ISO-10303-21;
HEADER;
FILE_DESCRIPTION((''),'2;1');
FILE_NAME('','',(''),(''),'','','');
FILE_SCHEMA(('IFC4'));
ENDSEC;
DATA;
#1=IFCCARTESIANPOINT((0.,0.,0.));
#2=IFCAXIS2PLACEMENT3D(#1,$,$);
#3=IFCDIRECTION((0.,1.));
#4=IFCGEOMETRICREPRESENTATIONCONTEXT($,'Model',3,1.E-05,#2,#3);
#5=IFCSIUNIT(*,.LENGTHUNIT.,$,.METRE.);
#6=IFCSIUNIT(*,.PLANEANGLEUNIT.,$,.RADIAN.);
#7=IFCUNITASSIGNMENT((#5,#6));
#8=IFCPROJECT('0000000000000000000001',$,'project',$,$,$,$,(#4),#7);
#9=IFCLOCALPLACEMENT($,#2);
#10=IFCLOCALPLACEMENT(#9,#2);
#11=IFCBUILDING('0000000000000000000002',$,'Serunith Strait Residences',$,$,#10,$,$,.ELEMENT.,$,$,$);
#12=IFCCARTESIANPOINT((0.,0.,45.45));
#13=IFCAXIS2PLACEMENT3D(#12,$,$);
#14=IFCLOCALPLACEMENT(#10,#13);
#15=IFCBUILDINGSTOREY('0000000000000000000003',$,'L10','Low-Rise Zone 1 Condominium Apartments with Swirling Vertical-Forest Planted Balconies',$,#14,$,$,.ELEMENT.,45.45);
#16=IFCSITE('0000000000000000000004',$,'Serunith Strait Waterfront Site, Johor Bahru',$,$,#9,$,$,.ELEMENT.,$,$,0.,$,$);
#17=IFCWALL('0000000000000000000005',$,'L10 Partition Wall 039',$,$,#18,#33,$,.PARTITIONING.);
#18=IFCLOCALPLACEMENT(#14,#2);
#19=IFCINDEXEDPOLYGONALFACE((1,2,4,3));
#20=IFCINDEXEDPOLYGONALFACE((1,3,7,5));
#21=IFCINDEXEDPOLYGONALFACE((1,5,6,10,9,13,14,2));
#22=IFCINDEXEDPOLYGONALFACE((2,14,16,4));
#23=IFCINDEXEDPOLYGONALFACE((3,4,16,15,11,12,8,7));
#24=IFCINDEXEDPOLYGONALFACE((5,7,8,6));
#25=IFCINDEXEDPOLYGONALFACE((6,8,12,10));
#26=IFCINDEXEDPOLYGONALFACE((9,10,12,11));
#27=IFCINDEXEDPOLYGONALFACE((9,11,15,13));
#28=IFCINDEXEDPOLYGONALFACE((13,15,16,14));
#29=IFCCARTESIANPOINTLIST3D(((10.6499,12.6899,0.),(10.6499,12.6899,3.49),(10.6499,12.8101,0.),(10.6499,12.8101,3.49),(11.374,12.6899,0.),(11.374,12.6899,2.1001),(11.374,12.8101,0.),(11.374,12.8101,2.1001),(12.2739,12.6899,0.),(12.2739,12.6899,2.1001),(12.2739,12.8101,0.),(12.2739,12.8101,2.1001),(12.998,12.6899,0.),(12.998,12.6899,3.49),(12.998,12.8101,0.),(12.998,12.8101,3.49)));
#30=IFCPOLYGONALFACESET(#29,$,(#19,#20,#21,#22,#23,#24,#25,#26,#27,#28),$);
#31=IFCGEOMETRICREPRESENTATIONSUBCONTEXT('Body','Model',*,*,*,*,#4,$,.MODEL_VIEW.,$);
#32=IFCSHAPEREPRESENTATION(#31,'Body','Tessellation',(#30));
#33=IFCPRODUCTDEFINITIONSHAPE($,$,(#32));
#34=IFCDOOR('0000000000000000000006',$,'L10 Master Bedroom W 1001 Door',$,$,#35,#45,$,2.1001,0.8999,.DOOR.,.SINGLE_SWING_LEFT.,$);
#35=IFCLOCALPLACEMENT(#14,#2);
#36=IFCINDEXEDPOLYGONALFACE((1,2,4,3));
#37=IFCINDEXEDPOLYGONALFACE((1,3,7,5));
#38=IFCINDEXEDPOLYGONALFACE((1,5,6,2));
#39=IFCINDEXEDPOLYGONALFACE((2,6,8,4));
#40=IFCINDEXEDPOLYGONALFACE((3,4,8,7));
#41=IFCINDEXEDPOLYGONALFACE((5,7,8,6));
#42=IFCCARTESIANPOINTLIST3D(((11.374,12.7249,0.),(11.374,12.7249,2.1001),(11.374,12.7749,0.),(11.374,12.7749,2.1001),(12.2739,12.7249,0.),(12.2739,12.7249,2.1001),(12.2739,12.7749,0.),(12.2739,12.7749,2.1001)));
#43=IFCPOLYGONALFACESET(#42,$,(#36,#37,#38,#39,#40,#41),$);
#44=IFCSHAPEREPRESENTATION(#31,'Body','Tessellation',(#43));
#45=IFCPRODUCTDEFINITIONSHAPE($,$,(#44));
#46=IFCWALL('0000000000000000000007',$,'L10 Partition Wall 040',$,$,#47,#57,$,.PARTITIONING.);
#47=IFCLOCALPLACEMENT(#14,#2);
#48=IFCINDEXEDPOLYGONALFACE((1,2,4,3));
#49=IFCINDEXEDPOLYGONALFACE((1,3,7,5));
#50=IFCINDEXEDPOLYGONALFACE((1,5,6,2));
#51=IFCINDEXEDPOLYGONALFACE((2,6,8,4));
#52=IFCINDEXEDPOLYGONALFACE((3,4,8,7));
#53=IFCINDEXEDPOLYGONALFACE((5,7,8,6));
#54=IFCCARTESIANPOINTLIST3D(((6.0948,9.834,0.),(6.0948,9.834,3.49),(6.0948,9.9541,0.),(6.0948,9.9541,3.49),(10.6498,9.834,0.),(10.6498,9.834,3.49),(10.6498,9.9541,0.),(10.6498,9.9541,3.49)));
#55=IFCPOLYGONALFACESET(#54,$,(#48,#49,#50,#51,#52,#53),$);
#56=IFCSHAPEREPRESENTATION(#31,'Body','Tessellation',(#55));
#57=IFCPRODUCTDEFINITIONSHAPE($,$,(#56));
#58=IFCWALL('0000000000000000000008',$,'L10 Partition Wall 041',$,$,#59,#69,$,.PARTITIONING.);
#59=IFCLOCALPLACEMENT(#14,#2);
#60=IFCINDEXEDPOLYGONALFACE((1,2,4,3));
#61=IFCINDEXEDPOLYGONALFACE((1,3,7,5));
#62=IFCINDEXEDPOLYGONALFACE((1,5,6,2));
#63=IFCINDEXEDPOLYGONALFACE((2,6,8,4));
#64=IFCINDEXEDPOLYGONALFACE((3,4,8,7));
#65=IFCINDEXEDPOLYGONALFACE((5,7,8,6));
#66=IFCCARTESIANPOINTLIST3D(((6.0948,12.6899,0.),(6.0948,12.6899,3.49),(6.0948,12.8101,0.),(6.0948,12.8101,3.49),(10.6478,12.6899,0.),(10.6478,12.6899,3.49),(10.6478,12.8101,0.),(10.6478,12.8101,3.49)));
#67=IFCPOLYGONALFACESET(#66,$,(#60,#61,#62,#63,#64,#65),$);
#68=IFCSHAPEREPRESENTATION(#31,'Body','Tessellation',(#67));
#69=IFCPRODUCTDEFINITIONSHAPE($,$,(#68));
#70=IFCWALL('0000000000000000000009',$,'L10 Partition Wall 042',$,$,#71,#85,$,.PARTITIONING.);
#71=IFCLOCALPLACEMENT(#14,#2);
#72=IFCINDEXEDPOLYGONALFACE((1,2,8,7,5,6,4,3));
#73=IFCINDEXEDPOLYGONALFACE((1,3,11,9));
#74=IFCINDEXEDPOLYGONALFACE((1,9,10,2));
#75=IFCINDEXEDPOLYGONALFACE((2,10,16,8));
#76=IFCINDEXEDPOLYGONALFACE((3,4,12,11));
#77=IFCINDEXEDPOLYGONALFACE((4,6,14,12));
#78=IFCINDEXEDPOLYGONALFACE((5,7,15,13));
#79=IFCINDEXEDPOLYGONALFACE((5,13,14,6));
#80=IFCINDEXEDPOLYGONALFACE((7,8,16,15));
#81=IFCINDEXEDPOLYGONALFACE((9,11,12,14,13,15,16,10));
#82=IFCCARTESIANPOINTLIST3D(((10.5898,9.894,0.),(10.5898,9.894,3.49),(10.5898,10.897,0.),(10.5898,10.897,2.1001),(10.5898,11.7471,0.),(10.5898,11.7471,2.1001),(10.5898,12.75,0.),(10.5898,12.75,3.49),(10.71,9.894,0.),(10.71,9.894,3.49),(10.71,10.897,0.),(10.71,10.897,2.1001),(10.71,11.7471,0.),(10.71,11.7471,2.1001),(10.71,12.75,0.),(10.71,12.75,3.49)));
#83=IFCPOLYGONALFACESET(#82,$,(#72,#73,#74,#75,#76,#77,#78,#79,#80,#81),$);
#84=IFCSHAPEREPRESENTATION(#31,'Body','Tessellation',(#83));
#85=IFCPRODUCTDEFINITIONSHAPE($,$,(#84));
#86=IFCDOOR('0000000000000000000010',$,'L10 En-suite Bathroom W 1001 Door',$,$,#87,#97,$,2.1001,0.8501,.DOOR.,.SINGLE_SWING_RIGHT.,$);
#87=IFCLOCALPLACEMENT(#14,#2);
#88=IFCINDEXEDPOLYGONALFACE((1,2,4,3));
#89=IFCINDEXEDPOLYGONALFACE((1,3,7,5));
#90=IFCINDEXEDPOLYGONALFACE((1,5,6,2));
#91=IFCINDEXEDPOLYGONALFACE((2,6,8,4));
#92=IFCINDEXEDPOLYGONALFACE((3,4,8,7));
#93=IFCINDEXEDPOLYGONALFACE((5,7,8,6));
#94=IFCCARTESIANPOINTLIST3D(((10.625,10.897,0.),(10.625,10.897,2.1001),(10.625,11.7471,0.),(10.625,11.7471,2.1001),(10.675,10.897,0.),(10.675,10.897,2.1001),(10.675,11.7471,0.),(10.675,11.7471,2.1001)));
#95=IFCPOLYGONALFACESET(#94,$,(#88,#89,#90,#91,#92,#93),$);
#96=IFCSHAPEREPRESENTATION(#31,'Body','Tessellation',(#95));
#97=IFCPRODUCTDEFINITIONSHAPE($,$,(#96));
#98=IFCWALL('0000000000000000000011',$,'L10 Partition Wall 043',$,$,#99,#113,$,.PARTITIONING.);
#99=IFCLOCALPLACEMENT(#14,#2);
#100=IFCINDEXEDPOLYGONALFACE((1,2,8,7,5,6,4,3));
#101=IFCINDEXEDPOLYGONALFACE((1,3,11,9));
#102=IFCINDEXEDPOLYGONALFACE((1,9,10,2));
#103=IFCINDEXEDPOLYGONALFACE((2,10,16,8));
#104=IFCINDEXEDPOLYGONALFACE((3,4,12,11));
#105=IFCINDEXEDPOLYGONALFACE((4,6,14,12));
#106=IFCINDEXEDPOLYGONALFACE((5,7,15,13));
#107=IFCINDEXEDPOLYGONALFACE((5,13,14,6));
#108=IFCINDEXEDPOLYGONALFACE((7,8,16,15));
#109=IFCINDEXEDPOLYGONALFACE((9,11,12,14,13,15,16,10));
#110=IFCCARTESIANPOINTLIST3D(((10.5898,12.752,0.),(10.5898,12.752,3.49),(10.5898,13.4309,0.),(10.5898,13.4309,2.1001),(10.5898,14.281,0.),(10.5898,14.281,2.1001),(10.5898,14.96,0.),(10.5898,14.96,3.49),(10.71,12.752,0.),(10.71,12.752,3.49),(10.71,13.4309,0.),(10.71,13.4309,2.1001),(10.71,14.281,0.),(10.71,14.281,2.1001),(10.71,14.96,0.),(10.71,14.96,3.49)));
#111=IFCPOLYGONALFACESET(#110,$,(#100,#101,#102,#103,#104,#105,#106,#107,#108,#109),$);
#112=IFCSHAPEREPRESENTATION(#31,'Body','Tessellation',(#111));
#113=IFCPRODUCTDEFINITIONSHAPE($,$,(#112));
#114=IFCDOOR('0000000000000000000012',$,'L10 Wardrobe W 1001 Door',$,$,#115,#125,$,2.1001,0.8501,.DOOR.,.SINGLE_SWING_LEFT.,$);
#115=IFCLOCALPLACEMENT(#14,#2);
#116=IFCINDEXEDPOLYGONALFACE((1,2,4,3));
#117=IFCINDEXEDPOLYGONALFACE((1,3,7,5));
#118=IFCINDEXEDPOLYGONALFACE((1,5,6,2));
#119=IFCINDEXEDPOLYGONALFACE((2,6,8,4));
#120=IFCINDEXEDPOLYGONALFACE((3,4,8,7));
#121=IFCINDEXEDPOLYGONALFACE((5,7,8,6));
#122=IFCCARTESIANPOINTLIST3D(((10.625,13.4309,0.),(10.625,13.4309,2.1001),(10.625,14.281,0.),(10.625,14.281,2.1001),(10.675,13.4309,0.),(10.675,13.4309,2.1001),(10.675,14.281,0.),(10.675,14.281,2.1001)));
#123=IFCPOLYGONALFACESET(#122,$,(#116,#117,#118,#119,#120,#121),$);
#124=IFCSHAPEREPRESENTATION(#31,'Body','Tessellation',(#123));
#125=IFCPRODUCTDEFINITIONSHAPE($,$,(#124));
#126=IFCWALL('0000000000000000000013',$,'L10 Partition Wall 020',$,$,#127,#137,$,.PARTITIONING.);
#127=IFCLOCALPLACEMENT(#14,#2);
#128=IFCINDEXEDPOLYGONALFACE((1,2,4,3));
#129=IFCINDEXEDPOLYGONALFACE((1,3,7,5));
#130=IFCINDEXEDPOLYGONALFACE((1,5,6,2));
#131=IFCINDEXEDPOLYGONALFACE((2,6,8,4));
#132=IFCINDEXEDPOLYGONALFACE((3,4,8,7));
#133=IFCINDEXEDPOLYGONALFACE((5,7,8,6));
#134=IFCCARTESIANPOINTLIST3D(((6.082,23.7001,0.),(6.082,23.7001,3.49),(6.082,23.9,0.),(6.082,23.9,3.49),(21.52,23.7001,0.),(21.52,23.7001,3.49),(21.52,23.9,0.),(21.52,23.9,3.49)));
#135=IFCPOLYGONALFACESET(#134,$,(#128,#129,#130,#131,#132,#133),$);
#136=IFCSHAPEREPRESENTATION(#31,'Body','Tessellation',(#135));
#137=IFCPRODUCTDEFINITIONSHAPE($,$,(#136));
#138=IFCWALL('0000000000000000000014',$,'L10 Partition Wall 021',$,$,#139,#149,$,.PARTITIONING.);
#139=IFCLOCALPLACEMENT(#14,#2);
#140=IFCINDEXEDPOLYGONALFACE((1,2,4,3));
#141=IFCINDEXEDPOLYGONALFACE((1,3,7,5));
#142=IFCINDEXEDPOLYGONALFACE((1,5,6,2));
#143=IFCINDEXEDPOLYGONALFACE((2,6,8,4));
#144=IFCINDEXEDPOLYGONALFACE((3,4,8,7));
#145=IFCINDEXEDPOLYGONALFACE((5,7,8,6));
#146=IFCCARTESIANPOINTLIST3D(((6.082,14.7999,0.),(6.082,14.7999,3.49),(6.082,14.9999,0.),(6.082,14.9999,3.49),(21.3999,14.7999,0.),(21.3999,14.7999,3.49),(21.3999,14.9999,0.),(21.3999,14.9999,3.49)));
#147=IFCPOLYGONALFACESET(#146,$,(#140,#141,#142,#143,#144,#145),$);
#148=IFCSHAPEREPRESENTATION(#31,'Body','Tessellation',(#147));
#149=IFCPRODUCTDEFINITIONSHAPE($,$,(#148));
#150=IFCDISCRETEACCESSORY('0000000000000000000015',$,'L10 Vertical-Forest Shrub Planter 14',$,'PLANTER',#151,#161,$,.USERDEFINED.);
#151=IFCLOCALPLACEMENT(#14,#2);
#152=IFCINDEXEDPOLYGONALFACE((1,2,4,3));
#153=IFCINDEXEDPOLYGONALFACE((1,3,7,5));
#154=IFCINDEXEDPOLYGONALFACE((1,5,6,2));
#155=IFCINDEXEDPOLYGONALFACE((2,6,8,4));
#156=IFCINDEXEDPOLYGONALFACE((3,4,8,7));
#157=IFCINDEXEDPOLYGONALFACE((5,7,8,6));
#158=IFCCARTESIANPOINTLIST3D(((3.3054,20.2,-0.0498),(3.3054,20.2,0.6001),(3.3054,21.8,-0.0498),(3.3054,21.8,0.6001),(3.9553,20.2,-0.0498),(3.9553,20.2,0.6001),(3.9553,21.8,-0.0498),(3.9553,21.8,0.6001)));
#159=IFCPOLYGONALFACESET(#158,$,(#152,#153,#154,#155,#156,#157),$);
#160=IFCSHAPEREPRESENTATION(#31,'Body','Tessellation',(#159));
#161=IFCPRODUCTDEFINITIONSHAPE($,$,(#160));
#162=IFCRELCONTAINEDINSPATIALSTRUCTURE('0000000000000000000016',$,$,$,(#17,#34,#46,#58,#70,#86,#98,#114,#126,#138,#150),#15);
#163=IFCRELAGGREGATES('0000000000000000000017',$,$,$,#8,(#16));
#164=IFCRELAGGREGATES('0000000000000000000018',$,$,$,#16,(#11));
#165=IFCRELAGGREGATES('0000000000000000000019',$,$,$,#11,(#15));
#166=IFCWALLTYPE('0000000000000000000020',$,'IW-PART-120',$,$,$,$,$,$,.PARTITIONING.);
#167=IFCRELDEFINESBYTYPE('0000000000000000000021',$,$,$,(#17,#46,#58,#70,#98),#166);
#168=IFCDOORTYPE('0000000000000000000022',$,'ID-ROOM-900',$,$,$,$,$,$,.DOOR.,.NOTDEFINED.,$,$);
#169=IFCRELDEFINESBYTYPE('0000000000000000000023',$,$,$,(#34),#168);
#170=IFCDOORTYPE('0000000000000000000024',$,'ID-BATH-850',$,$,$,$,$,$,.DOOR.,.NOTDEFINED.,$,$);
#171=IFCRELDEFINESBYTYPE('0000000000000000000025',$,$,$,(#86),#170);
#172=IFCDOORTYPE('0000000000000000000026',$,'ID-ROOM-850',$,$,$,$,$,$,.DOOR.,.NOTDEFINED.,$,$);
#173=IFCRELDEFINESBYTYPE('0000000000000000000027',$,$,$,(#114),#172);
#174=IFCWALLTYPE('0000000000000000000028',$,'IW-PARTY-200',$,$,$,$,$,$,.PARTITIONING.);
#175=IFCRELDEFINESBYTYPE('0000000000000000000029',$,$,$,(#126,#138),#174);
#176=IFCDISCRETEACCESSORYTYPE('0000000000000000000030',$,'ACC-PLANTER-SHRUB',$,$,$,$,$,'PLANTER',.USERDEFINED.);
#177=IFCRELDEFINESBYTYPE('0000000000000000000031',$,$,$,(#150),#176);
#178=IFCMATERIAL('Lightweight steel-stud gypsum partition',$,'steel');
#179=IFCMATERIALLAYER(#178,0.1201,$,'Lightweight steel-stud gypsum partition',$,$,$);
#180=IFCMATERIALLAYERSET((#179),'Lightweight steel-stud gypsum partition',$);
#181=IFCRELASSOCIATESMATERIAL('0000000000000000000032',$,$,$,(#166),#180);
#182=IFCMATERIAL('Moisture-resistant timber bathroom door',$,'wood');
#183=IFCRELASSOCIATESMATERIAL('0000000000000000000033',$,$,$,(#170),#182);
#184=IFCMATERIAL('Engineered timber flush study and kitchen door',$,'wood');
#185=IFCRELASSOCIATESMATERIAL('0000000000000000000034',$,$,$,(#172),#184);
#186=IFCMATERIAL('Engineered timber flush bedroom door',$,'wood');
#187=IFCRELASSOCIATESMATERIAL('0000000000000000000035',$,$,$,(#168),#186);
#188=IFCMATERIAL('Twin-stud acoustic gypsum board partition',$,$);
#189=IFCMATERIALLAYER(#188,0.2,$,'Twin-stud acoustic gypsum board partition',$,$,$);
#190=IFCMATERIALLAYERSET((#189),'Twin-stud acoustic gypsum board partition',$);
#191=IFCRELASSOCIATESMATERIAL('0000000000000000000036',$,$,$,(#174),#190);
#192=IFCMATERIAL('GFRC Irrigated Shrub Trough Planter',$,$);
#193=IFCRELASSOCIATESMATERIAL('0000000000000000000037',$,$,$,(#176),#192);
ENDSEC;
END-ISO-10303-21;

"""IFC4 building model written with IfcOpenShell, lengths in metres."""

from ifc_helpers import new_model, si_unit, direction, frame, frame_2d, origin, origin_2d, place, context, subcontext, project, spatial, rectangle, extrude, source, transform, mapped, material, layer, layer_set, type_object, element, fill, save


model = new_model("IFC4")

# Units and contexts
model_context = context("Model", 3, precision=1e-05, world=origin(), true_north=direction((0.0, 1.0)))
body_context = subcontext(model_context, "Body", "Model", "MODEL_VIEW")
ifc_project = project(units=[si_unit("LENGTHUNIT", "METRE"), si_unit("PLANEANGLEUNIT", "RADIAN")], contexts=[model_context])

# Site, building, storey
site_placement = place(None, origin())
site = spatial("IfcSite", under=ifc_project, at=site_placement, Name="Serunith Strait Waterfront Site, Johor Bahru", CompositionType="ELEMENT", RefElevation=0.0)
building_placement = place(site_placement, origin())
building = spatial("IfcBuilding", under=site, at=building_placement, Name="Serunith Strait Residences", CompositionType="ELEMENT")
storey_placement = place(building_placement, frame((0.0, 0.0, 45.45)))
storey = spatial("IfcBuildingStorey", under=building, at=storey_placement, Name="L10", Description="Low-Rise Zone 1 Condominium Apartments with Swirling Vertical-Forest Planted Balconies", CompositionType="ELEMENT", Elevation=45.45)

# Wall, opening, door
ifc_material_1 = material(Name="Lightweight steel-stud gypsum partition", Category="steel")
ifc_layer_1 = layer(ifc_material_1, 0.1201, Name="Lightweight steel-stud gypsum partition")
ifc_layer_set_1 = layer_set([ifc_layer_1], Name="Lightweight steel-stud gypsum partition")
wall_type_1 = type_object("IfcWallType", Name="IW-PART-120", PredefinedType="PARTITIONING", material=ifc_layer_set_1)
ifc_material_2 = material(Name="Moisture-resistant timber bathroom door", Category="wood")
door_type_1 = type_object("IfcDoorType", Name="ID-BATH-850", OperationType="NOTDEFINED", PredefinedType="DOOR", material=ifc_material_2)
shared_shape_1 = source(origin(), body_context, "Body", "SweptSolid", [
    extrude(rectangle(XDim=0.8501, YDim=2.1001, at=frame_2d((0.425, 1.05))), frame((0.0, 0.0249, 0.0), z_axis=(0.0, -1.0, 0.0), x_axis=(1.0, 0.0, 0.0)), (0.0, 0.0, 1.0), 0.05),
])
ifc_material_3 = material(Name="Engineered timber flush study and kitchen door", Category="wood")
door_type_2 = type_object("IfcDoorType", Name="ID-ROOM-850", OperationType="NOTDEFINED", PredefinedType="DOOR", material=ifc_material_3)
wall_1_placement = place(storey_placement, frame((10.6499, 12.75, 0.0), z_axis=(0.0, 0.0, 1.0), x_axis=(1.0, 0.0, 0.0)))
wall_1 = element("IfcWall", 1, at=wall_1_placement, inside=storey, type_object=wall_type_1, Name="L10 Partition Wall 039", PredefinedType="PARTITIONING", context=body_context, shape_type="SweptSolid", body=[
    extrude(rectangle(XDim=2.3481, YDim=0.1201, at=frame_2d((1.1741, 0.0))), origin(), (0.0, 0.0, 1.0), 3.49),
])
opening_1_placement = place(wall_1_placement, frame((0.7241, 0.0, 0.0)))
opening_1 = element("IfcOpeningElement", 2, at=opening_1_placement, cuts=wall_1, PredefinedType="OPENING", context=body_context, shape_type="SweptSolid", body=[
    extrude(rectangle(XDim=0.8999, YDim=2.1001, at=frame_2d((0.45, 1.05))), frame((0.0, 0.0701, 0.0), z_axis=(0.0, -1.0, 0.0), x_axis=(1.0, 0.0, 0.0)), (0.0, 0.0, 1.0), 0.1401),
])
ifc_material_4 = material(Name="Engineered timber flush bedroom door", Category="wood")
door_type_3 = type_object("IfcDoorType", Name="ID-ROOM-900", OperationType="NOTDEFINED", PredefinedType="DOOR", material=ifc_material_4)
shared_shape_2 = source(origin(), body_context, "Body", "SweptSolid", [
    extrude(rectangle(XDim=0.8999, YDim=2.1001, at=frame_2d((0.45, 1.05))), frame((0.0, 0.0249, 0.0), z_axis=(0.0, -1.0, 0.0), x_axis=(1.0, 0.0, 0.0)), (0.0, 0.0, 1.0), 0.05),
])
door_1_placement = place(opening_1_placement, origin())
door_1 = element("IfcDoor", 3, at=door_1_placement, inside=storey, type_object=door_type_3, Name="L10 Master Bedroom W 1001 Door", OperationType="SINGLE_SWING_LEFT", OverallHeight=2.1001, OverallWidth=0.8999, PredefinedType="DOOR", context=body_context, shape_type="MappedRepresentation", body=[
    mapped(shared_shape_2, transform((0.0, 0.0, 0.0), scale=1.0)),
])
fill(opening_1, door_1)

# Walls
wall_2_placement = place(storey_placement, frame((6.095, 9.894, 0.0), z_axis=(0.0, 0.0, 1.0), x_axis=(1.0, 0.0, 0.0)))
element("IfcWall", 4, at=wall_2_placement, inside=storey, type_object=wall_type_1, Name="L10 Partition Wall 040", PredefinedType="PARTITIONING", context=body_context, shape_type="SweptSolid", body=[
    extrude(rectangle(XDim=4.5549, YDim=0.1201, at=frame_2d((2.2773, 0.0))), origin(), (0.0, 0.0, 1.0), 3.49),
])
wall_3_placement = place(storey_placement, frame((6.095, 12.75, 0.0), z_axis=(0.0, 0.0, 1.0), x_axis=(1.0, 0.0, 0.0)))
element("IfcWall", 5, at=wall_3_placement, inside=storey, type_object=wall_type_1, Name="L10 Partition Wall 041", PredefinedType="PARTITIONING", context=body_context, shape_type="SweptSolid", body=[
    extrude(rectangle(XDim=4.553, YDim=0.1201, at=frame_2d((2.2764, 0.0))), origin(), (0.0, 0.0, 1.0), 3.49),
])

# Walls, openings, doors
wall_4_placement = place(storey_placement, frame((10.6499, 9.894, 0.0), z_axis=(0.0, 0.0, 1.0), x_axis=(0.0, 1.0, 0.0)))
wall_4 = element("IfcWall", 6, at=wall_4_placement, inside=storey, type_object=wall_type_1, Name="L10 Partition Wall 042", PredefinedType="PARTITIONING", context=body_context, shape_type="SweptSolid", body=[
    extrude(rectangle(XDim=2.856, YDim=0.1201, at=frame_2d((1.428, 0.0))), origin(), (0.0, 0.0, 1.0), 3.49),
])
opening_2_placement = place(wall_4_placement, frame((1.0029, 0.0, 0.0)))
opening_2 = element("IfcOpeningElement", 7, at=opening_2_placement, cuts=wall_4, PredefinedType="OPENING", context=body_context, shape_type="SweptSolid", body=[
    extrude(rectangle(XDim=0.8501, YDim=2.1001, at=frame_2d((0.425, 1.05))), frame((0.0, 0.0701, 0.0), z_axis=(0.0, -1.0, 0.0), x_axis=(1.0, 0.0, 0.0)), (0.0, 0.0, 1.0), 0.1401),
])
door_2_placement = place(opening_2_placement, origin())
door_2 = element("IfcDoor", 8, at=door_2_placement, inside=storey, type_object=door_type_1, Name="L10 En-suite Bathroom W 1001 Door", OperationType="SINGLE_SWING_RIGHT", OverallHeight=2.1001, OverallWidth=0.8501, PredefinedType="DOOR", context=body_context, shape_type="MappedRepresentation", body=[
    mapped(shared_shape_1, transform((0.0, 0.0, 0.0), scale=1.0)),
])
fill(opening_2, door_2)
wall_5_placement = place(storey_placement, frame((10.6499, 12.752, 0.0), z_axis=(0.0, 0.0, 1.0), x_axis=(0.0, 1.0, 0.0)))
wall_5 = element("IfcWall", 9, at=wall_5_placement, inside=storey, type_object=wall_type_1, Name="L10 Partition Wall 043", PredefinedType="PARTITIONING", context=body_context, shape_type="SweptSolid", body=[
    extrude(rectangle(XDim=2.208, YDim=0.1201, at=frame_2d((1.104, 0.0))), origin(), (0.0, 0.0, 1.0), 3.49),
])
opening_3_placement = place(wall_5_placement, frame((0.679, 0.0, 0.0)))
opening_3 = element("IfcOpeningElement", 10, at=opening_3_placement, cuts=wall_5, PredefinedType="OPENING", context=body_context, shape_type="SweptSolid", body=[
    extrude(rectangle(XDim=0.8501, YDim=2.1001, at=frame_2d((0.425, 1.05))), frame((0.0, 0.0701, 0.0), z_axis=(0.0, -1.0, 0.0), x_axis=(1.0, 0.0, 0.0)), (0.0, 0.0, 1.0), 0.1401),
])
door_3_placement = place(opening_3_placement, origin())
door_3 = element("IfcDoor", 11, at=door_3_placement, inside=storey, type_object=door_type_2, Name="L10 Wardrobe W 1001 Door", OperationType="SINGLE_SWING_LEFT", OverallHeight=2.1001, OverallWidth=0.8501, PredefinedType="DOOR", context=body_context, shape_type="MappedRepresentation", body=[
    mapped(shared_shape_1, transform((0.0, 0.0, 0.0), scale=1.0)),
])
fill(opening_3, door_3)

# Walls
ifc_material_5 = material(Name="Twin-stud acoustic gypsum board partition")
ifc_layer_2 = layer(ifc_material_5, 0.2, Name="Twin-stud acoustic gypsum board partition")
ifc_layer_set_2 = layer_set([ifc_layer_2], Name="Twin-stud acoustic gypsum board partition")
wall_type_2 = type_object("IfcWallType", Name="IW-PARTY-200", PredefinedType="PARTITIONING", material=ifc_layer_set_2)
wall_6_placement = place(storey_placement, frame((6.082, 23.8, 0.0), z_axis=(0.0, 0.0, 1.0), x_axis=(1.0, 0.0, 0.0)))
element("IfcWall", 12, at=wall_6_placement, inside=storey, type_object=wall_type_2, Name="L10 Partition Wall 020", PredefinedType="PARTITIONING", context=body_context, shape_type="SweptSolid", body=[
    extrude(rectangle(XDim=15.438, YDim=0.2, at=frame_2d((7.719, 0.0))), origin(), (0.0, 0.0, 1.0), 3.49),
])
wall_7_placement = place(storey_placement, frame((6.082, 14.8999, 0.0), z_axis=(0.0, 0.0, 1.0), x_axis=(1.0, 0.0, 0.0)))
element("IfcWall", 13, at=wall_7_placement, inside=storey, type_object=wall_type_2, Name="L10 Partition Wall 021", PredefinedType="PARTITIONING", context=body_context, shape_type="SweptSolid", body=[
    extrude(rectangle(XDim=15.3179, YDim=0.2, at=frame_2d((7.6589, 0.0))), origin(), (0.0, 0.0, 1.0), 3.49),
])

# Discrete accessory
ifc_material_6 = material(Name="GFRC Irrigated Shrub Trough Planter")
discrete_accessory_type = type_object("IfcDiscreteAccessoryType", Name="ACC-PLANTER-SHRUB", ElementType="PLANTER", PredefinedType="USERDEFINED", material=ifc_material_6)
shared_shape_3 = source(origin(), body_context, "Body", "SweptSolid", [
    extrude(rectangle(XDim=1.6001, YDim=0.6499, at=origin_2d()), origin(), (0.0, 0.0, 1.0), 0.6499),
])
discrete_accessory_placement = place(storey_placement, frame((3.6304, 21.0, -0.0498), z_axis=(0.0, 0.0, 1.0), x_axis=(0.0, -1.0, 0.0)))
element("IfcDiscreteAccessory", 14, at=discrete_accessory_placement, inside=storey, type_object=discrete_accessory_type, Name="L10 Vertical-Forest Shrub Planter 14", ObjectType="PLANTER", PredefinedType="USERDEFINED", context=body_context, shape_type="MappedRepresentation", body=[
    mapped(shared_shape_3, transform((0.0, 0.0, 0.0), scale=1.0)),
])

save(model, "model.ifc")
